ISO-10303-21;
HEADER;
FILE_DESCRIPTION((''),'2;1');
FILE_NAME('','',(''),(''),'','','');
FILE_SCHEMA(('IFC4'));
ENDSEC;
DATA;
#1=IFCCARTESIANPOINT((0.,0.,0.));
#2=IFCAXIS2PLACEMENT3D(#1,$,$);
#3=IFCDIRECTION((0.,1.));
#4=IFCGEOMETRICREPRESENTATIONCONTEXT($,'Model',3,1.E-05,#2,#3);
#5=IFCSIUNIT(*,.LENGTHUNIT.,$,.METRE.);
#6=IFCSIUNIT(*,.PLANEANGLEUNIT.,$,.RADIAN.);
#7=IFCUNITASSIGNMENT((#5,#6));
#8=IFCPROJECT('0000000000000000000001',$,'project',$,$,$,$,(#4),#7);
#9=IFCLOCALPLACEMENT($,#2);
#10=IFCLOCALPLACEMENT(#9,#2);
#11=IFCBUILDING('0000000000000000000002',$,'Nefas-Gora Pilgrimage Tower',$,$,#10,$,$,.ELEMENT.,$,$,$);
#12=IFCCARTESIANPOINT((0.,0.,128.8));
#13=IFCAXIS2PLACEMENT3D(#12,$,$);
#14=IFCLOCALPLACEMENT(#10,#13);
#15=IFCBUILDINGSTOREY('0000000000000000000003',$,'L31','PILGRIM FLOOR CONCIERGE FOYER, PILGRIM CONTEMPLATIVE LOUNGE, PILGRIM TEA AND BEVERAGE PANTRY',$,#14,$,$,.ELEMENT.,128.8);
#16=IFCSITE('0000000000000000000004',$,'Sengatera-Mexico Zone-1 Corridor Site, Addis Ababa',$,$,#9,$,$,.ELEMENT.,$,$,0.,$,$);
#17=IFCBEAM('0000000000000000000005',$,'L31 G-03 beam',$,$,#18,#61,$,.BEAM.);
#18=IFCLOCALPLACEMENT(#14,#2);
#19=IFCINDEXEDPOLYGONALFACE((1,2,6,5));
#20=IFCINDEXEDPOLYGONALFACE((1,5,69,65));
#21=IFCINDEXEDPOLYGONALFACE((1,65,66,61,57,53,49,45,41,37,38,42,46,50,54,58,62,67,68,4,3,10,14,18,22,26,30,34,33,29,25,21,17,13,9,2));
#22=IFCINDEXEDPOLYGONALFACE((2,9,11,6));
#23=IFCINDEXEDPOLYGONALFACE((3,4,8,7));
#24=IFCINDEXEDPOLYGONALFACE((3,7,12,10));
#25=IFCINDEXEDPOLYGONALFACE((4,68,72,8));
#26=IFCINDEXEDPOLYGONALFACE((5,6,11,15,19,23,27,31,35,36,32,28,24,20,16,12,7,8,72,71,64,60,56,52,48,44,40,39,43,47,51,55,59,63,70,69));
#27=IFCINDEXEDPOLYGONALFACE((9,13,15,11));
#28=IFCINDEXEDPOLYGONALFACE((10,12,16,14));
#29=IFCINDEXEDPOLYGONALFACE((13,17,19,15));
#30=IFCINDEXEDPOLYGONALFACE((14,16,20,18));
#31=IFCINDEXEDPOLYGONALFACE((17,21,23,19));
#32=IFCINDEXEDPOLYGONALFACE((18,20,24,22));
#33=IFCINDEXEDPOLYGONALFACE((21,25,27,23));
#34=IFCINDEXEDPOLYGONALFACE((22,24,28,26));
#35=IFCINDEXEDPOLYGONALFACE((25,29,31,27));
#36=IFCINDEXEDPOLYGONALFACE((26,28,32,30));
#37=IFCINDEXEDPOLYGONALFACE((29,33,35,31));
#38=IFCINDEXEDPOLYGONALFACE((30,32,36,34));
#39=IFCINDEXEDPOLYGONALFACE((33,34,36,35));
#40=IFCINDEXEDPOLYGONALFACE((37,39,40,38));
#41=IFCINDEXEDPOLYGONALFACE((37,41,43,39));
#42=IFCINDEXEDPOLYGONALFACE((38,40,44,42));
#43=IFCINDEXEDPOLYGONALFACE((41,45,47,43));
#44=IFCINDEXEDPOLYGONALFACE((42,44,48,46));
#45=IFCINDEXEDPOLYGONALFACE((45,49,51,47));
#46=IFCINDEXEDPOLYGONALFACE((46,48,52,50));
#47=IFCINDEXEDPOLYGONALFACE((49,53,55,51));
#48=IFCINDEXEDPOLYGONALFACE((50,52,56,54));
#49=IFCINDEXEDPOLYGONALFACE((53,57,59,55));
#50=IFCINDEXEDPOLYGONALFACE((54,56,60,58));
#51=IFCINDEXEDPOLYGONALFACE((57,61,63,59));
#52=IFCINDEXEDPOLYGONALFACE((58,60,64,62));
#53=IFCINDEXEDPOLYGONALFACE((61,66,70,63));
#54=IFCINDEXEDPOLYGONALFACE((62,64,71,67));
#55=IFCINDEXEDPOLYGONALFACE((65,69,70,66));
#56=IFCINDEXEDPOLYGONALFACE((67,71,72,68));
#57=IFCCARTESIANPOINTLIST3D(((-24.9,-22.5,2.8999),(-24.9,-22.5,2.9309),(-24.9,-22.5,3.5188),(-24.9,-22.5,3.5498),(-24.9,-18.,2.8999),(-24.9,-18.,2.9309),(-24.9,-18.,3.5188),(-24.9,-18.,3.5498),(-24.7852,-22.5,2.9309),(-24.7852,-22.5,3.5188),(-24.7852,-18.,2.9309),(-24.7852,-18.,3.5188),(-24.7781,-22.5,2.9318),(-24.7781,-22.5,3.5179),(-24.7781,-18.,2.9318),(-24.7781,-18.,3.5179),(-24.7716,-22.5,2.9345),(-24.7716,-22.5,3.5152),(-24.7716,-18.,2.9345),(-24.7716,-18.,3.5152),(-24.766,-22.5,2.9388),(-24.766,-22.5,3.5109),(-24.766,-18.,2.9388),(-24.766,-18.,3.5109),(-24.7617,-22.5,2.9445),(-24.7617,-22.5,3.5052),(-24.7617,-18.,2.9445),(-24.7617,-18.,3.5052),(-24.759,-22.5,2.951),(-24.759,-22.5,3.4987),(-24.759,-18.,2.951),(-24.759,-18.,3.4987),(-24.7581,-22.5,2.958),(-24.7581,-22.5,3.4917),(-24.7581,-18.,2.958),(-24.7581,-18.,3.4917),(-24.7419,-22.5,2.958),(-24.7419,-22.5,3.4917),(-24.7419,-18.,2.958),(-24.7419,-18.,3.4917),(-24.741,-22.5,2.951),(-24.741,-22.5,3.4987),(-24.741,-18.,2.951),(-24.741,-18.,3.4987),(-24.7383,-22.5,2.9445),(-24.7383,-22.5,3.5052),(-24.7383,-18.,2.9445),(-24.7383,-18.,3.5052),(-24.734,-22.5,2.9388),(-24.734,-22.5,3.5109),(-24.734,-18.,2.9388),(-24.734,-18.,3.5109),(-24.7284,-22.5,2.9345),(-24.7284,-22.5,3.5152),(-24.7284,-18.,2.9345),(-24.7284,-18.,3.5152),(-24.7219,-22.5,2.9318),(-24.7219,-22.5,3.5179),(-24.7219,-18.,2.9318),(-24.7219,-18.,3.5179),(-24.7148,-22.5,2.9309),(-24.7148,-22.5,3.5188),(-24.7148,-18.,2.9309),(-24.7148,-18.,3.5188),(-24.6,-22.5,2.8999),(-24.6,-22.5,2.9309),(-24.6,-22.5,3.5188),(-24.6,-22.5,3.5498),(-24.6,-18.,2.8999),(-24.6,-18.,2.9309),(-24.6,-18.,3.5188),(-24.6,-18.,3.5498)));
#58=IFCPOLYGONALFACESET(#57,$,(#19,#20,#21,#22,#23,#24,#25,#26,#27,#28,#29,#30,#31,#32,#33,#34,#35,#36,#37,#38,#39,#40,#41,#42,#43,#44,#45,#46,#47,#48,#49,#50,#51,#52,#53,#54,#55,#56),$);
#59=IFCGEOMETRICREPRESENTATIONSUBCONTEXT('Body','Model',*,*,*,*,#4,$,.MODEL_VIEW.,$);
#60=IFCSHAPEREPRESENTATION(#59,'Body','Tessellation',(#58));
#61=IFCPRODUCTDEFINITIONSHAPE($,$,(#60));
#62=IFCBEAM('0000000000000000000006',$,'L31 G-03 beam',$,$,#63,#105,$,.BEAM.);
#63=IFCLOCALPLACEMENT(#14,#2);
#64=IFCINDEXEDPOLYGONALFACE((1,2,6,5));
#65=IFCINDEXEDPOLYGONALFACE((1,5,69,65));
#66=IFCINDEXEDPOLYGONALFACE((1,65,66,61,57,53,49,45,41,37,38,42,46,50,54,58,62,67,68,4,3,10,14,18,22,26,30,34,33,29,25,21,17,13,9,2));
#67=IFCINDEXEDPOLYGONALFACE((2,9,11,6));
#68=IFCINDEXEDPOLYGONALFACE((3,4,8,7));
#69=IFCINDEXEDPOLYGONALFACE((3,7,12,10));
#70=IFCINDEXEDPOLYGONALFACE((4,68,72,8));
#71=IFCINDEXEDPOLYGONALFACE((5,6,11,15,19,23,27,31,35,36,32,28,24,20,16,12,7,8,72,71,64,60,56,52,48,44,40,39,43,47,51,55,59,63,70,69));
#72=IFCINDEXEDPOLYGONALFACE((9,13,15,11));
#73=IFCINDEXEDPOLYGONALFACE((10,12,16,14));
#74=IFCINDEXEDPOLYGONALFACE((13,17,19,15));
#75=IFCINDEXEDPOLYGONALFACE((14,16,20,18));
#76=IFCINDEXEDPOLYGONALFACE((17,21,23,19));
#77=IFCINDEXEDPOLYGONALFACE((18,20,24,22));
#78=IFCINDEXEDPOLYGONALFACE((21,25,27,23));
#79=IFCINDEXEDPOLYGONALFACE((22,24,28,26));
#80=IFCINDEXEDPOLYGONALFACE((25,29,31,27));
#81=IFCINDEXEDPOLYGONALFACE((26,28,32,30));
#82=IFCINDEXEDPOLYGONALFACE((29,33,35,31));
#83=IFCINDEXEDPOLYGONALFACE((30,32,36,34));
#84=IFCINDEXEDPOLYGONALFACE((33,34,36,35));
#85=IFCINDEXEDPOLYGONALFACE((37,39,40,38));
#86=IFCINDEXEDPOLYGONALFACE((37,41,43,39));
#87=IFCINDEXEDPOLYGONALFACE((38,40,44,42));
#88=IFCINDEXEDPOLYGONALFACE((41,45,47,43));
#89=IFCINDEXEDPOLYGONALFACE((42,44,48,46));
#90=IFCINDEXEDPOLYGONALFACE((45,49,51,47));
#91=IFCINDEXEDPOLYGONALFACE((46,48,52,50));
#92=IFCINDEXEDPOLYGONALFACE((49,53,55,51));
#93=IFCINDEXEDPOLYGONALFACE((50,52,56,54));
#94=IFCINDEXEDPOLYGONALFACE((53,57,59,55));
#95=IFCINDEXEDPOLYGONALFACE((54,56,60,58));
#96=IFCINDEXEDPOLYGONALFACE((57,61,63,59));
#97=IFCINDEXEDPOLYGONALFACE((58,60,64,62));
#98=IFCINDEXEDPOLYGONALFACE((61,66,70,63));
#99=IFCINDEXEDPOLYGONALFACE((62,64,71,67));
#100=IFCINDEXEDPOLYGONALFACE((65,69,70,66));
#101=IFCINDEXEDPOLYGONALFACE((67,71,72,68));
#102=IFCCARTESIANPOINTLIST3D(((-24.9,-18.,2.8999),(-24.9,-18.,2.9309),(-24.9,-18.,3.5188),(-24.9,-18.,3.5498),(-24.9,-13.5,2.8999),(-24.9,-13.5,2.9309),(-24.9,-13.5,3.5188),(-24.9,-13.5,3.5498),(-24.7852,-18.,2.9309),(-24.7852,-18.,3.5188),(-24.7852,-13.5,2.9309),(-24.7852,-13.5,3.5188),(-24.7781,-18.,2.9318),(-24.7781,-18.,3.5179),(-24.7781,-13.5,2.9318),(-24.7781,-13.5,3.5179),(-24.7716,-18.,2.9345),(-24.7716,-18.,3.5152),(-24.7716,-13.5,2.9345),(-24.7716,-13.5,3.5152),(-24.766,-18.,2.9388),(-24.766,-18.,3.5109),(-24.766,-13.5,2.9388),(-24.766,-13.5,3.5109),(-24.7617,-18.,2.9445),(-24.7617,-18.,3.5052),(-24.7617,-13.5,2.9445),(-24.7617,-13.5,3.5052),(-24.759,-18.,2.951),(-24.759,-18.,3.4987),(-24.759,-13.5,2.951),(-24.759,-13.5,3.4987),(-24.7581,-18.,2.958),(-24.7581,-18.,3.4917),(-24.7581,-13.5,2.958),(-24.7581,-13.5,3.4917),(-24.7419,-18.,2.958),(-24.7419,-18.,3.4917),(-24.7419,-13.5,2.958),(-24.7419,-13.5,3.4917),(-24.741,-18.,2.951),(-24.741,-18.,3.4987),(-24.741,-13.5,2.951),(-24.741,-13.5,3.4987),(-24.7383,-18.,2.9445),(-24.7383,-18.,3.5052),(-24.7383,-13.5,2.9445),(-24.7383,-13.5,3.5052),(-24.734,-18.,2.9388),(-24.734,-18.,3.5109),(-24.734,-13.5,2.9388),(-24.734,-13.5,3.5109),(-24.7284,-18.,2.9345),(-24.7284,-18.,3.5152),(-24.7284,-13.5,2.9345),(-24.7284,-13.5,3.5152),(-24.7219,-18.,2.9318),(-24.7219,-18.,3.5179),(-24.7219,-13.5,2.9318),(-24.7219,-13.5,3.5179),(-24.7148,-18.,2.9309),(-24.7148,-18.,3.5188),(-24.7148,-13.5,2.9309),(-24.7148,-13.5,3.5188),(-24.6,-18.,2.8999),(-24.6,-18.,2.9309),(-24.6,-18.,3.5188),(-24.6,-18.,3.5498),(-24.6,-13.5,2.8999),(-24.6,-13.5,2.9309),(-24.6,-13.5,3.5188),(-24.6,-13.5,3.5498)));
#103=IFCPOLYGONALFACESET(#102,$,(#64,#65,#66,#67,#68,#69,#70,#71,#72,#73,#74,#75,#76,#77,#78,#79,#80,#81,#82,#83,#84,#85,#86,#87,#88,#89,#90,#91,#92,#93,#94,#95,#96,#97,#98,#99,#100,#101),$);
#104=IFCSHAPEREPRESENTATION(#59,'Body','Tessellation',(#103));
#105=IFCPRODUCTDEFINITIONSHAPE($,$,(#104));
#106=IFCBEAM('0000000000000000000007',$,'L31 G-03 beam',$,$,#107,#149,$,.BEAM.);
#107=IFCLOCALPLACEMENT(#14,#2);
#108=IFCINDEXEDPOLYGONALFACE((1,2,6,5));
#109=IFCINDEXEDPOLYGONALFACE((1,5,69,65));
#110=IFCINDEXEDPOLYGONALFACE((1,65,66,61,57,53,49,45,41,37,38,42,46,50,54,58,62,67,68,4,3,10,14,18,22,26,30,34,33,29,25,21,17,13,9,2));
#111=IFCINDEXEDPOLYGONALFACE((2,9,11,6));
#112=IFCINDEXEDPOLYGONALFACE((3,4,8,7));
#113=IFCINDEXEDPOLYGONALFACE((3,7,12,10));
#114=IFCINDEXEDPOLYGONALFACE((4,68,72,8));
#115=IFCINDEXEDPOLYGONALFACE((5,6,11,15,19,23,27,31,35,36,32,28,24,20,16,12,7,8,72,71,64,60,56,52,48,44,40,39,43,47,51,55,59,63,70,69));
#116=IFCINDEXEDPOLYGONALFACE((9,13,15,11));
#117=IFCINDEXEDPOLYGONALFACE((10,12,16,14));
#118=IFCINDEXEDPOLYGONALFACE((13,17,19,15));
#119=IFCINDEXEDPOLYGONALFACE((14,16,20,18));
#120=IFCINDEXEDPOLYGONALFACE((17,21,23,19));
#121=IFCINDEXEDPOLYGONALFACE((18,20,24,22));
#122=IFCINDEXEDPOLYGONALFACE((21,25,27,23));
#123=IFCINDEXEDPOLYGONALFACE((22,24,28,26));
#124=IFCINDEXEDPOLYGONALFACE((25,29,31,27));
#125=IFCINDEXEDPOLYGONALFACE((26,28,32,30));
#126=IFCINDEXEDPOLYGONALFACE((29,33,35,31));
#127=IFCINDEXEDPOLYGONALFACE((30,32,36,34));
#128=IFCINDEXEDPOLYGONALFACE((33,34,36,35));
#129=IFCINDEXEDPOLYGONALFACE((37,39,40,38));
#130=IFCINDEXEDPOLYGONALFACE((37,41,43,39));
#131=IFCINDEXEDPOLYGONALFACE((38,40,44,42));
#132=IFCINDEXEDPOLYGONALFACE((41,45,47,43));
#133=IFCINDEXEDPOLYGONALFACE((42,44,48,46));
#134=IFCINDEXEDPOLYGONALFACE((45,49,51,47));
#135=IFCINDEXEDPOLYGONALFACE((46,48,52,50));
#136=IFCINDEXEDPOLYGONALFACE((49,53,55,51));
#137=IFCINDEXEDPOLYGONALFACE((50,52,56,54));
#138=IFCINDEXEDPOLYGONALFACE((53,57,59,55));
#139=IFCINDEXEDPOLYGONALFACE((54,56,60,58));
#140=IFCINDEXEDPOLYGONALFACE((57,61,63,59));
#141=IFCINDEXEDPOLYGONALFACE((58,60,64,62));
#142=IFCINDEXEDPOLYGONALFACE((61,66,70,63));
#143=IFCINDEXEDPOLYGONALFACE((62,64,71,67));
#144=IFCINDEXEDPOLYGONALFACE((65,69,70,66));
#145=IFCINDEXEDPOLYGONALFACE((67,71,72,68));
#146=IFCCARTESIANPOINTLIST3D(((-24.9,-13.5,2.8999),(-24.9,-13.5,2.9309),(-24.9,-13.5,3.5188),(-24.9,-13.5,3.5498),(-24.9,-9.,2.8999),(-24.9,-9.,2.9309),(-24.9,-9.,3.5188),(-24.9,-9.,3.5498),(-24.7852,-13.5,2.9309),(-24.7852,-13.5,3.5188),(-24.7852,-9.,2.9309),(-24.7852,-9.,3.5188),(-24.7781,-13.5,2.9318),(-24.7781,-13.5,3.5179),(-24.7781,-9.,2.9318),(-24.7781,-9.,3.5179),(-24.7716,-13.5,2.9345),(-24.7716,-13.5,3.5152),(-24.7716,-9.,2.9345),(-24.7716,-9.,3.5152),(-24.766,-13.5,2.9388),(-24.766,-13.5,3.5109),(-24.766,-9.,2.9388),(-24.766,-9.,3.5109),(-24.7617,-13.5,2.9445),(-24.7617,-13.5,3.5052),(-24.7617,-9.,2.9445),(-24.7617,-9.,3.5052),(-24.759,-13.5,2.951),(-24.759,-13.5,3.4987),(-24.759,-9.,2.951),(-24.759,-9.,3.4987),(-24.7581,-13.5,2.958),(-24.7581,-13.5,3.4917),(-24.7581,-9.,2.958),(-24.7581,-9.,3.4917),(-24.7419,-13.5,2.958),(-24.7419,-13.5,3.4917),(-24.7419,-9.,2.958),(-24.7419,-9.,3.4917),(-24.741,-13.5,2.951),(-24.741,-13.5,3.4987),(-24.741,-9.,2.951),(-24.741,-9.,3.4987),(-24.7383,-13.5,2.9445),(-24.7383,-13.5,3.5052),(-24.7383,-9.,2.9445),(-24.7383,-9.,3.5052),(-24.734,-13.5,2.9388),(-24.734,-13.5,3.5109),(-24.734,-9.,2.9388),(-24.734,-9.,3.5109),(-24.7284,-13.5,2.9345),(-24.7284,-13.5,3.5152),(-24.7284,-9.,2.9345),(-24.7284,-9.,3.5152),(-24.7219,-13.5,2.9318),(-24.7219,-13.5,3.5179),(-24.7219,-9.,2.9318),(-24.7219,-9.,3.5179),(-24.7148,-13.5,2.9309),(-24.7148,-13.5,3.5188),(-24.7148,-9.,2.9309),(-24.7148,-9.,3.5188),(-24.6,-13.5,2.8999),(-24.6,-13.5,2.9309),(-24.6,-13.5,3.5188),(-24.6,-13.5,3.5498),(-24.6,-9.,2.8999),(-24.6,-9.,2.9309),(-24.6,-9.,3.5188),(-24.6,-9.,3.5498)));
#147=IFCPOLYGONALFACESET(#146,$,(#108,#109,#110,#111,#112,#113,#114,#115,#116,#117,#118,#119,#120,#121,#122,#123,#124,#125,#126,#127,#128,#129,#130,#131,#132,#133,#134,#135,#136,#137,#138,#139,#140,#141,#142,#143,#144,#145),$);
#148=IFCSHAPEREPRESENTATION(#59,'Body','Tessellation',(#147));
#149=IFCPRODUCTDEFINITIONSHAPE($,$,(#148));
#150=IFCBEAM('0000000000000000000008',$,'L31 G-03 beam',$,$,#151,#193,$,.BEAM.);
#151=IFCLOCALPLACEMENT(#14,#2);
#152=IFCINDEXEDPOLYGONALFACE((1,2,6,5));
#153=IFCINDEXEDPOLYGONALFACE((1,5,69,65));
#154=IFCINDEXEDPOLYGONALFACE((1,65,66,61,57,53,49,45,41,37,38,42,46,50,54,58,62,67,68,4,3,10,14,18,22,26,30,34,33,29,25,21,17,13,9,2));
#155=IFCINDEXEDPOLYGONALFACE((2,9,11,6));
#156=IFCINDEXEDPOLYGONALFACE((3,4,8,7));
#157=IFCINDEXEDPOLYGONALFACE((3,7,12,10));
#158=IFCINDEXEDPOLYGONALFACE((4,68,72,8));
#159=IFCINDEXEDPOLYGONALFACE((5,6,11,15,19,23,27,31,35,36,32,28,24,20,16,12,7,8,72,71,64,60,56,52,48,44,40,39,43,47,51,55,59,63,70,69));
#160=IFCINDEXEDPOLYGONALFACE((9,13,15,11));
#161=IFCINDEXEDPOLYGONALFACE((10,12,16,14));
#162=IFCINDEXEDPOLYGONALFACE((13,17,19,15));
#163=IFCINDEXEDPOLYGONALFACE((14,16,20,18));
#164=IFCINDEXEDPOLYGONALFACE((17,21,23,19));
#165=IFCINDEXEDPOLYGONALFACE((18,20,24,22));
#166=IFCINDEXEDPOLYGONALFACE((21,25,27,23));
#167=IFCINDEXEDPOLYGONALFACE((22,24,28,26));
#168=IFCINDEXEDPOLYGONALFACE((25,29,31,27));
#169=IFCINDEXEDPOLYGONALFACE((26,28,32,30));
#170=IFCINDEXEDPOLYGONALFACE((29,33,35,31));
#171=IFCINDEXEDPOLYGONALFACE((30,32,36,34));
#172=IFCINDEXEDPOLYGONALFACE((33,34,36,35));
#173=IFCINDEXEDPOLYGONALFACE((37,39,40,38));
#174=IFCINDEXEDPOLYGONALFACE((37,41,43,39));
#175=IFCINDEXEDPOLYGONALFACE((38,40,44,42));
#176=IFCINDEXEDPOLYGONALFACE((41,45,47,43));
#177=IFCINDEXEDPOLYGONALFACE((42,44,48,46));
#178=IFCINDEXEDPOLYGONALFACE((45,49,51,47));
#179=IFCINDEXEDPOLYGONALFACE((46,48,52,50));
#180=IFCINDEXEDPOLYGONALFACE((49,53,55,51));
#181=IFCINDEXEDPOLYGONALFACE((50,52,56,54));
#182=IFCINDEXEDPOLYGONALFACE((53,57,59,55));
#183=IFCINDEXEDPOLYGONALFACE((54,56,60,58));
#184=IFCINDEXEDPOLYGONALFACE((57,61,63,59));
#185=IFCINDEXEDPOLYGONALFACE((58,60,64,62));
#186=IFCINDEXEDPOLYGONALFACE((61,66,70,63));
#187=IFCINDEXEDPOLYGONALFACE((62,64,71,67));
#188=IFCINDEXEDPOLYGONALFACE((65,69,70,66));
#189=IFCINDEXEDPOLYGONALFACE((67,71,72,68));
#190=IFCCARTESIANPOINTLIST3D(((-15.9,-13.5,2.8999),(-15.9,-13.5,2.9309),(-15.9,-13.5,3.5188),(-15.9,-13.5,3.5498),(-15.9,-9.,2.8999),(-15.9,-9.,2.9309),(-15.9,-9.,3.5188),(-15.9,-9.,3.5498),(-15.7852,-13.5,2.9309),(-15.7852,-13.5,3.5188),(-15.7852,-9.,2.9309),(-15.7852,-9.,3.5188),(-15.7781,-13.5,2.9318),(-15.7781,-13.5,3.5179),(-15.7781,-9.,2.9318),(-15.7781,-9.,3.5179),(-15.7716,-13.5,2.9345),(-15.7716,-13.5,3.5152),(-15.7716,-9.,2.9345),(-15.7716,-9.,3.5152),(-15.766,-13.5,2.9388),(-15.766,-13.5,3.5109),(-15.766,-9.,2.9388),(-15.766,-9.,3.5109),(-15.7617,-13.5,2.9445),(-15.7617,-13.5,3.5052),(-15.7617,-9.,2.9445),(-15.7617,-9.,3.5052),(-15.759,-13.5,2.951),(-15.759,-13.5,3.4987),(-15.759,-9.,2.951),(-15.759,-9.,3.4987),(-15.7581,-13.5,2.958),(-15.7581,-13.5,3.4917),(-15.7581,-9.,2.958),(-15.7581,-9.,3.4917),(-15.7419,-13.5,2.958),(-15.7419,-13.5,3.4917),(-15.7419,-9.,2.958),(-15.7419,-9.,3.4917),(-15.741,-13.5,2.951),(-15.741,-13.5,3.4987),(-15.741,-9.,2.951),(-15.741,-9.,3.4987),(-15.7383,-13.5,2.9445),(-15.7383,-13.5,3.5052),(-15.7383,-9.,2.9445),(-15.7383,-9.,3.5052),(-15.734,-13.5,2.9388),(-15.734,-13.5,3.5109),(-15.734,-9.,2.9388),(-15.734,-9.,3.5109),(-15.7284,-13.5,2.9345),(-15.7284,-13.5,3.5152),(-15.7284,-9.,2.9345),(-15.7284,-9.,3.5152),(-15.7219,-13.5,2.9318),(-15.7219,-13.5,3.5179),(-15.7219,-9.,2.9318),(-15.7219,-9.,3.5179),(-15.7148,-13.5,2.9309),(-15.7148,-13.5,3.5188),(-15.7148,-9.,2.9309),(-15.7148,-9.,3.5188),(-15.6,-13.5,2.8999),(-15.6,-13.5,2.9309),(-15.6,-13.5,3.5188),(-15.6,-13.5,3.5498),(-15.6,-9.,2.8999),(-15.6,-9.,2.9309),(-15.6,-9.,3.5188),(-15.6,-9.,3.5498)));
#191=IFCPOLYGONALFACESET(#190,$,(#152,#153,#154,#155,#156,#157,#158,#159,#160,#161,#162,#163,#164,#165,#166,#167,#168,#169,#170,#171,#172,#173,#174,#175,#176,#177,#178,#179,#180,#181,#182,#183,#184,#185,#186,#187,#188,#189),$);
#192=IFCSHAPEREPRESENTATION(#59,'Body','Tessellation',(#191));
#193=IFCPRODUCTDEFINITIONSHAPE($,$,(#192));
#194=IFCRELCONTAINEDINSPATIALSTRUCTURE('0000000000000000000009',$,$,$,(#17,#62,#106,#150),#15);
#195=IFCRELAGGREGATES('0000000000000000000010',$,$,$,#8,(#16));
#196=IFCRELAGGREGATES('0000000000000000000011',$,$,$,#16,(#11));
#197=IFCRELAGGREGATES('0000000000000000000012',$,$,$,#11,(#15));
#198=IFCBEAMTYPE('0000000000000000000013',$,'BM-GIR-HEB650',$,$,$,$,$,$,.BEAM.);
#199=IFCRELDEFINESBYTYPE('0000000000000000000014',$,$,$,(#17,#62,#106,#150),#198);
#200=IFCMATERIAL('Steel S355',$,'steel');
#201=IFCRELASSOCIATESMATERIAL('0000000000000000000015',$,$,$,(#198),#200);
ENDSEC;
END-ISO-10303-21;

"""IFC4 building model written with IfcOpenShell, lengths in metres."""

from ifc_helpers import new_model, si_unit, direction, frame, origin, origin_2d, place, context, subcontext, project, spatial, i_section, extrude, source, transform, mapped, material, material_profile, profile_set, type_object, element, save


model = new_model("IFC4")

# Units and contexts
model_context = context("Model", 3, precision=1e-05, world=origin(), true_north=direction((0.0, 1.0)))
body_context = subcontext(model_context, "Body", "Model", "MODEL_VIEW")
ifc_project = project(units=[si_unit("LENGTHUNIT", "METRE"), si_unit("PLANEANGLEUNIT", "RADIAN")], contexts=[model_context])

# Site, building, storey
site_placement = place(None, origin())
site = spatial("IfcSite", under=ifc_project, at=site_placement, Name="Sengatera-Mexico Zone-1 Corridor Site, Addis Ababa", CompositionType="ELEMENT", RefElevation=0.0)
building_placement = place(site_placement, origin())
building = spatial("IfcBuilding", under=site, at=building_placement, Name="Nefas-Gora Pilgrimage Tower", CompositionType="ELEMENT")
storey_placement = place(building_placement, frame((0.0, 0.0, 128.8)))
storey = spatial("IfcBuildingStorey", under=building, at=storey_placement, Name="L31", Description="PILGRIM FLOOR CONCIERGE FOYER, PILGRIM CONTEMPLATIVE LOUNGE, PILGRIM TEA AND BEVERAGE PANTRY", CompositionType="ELEMENT", Elevation=128.8)

# Beams
ifc_material_1 = material(Name="Steel S355", Category="steel")
ifc_material_profile_1 = material_profile(ifc_material_1, i_section(OverallWidth=0.3, OverallDepth=0.6499, WebThickness=0.0161, FlangeThickness=0.031, FilletRadius=0.0271, at=origin_2d()), Name="HEB 650")
ifc_profile_set_1 = profile_set([ifc_material_profile_1], Name="Steel S355")
beam_type_1 = type_object("IfcBeamType", Name="BM-GIR-HEB650", PredefinedType="BEAM", material=ifc_profile_set_1)
shared_shape_1 = source(origin(), body_context, "Body", "SweptSolid", [
    extrude(i_section(OverallWidth=0.3, OverallDepth=0.6499, WebThickness=0.0161, FlangeThickness=0.031, FilletRadius=0.0271, at=origin_2d()), origin(), (0.0, 0.0, 1.0), 4.5),
])
for number, where, z_axis, x_axis, name in (
    (1, (-24.75, -22.5, 3.2249), (0.0, 1.0, 0.0), (-1.0, 0.0, 0.0), "L31 G-03 beam"),
    (2, (-24.75, -18.0, 3.2249), (0.0, 1.0, 0.0), (-1.0, 0.0, 0.0), "L31 G-03 beam"),
    (3, (-24.75, -13.5, 3.2249), (0.0, 1.0, 0.0), (-1.0, 0.0, 0.0), "L31 G-03 beam"),
    (4, (-15.75, -13.5, 3.2249), (0.0, 1.0, 0.0), (-1.0, 0.0, 0.0), "L31 G-03 beam"),
):
    element("IfcBeam", number, at=place(storey_placement, frame(where, z_axis=z_axis, x_axis=x_axis)), inside=storey, type_object=beam_type_1, Name=name, PredefinedType="BEAM", context=body_context, shape_type="MappedRepresentation", body=[
        mapped(shared_shape_1, transform((0.0, 0.0, 0.0), x_axis=(1.0, 0.0, 0.0), y_axis=(0.0, 1.0, 0.0), z_axis=(0.0, 0.0, 1.0), scale=1.0)),
    ])

save(model, "model.ifc")
